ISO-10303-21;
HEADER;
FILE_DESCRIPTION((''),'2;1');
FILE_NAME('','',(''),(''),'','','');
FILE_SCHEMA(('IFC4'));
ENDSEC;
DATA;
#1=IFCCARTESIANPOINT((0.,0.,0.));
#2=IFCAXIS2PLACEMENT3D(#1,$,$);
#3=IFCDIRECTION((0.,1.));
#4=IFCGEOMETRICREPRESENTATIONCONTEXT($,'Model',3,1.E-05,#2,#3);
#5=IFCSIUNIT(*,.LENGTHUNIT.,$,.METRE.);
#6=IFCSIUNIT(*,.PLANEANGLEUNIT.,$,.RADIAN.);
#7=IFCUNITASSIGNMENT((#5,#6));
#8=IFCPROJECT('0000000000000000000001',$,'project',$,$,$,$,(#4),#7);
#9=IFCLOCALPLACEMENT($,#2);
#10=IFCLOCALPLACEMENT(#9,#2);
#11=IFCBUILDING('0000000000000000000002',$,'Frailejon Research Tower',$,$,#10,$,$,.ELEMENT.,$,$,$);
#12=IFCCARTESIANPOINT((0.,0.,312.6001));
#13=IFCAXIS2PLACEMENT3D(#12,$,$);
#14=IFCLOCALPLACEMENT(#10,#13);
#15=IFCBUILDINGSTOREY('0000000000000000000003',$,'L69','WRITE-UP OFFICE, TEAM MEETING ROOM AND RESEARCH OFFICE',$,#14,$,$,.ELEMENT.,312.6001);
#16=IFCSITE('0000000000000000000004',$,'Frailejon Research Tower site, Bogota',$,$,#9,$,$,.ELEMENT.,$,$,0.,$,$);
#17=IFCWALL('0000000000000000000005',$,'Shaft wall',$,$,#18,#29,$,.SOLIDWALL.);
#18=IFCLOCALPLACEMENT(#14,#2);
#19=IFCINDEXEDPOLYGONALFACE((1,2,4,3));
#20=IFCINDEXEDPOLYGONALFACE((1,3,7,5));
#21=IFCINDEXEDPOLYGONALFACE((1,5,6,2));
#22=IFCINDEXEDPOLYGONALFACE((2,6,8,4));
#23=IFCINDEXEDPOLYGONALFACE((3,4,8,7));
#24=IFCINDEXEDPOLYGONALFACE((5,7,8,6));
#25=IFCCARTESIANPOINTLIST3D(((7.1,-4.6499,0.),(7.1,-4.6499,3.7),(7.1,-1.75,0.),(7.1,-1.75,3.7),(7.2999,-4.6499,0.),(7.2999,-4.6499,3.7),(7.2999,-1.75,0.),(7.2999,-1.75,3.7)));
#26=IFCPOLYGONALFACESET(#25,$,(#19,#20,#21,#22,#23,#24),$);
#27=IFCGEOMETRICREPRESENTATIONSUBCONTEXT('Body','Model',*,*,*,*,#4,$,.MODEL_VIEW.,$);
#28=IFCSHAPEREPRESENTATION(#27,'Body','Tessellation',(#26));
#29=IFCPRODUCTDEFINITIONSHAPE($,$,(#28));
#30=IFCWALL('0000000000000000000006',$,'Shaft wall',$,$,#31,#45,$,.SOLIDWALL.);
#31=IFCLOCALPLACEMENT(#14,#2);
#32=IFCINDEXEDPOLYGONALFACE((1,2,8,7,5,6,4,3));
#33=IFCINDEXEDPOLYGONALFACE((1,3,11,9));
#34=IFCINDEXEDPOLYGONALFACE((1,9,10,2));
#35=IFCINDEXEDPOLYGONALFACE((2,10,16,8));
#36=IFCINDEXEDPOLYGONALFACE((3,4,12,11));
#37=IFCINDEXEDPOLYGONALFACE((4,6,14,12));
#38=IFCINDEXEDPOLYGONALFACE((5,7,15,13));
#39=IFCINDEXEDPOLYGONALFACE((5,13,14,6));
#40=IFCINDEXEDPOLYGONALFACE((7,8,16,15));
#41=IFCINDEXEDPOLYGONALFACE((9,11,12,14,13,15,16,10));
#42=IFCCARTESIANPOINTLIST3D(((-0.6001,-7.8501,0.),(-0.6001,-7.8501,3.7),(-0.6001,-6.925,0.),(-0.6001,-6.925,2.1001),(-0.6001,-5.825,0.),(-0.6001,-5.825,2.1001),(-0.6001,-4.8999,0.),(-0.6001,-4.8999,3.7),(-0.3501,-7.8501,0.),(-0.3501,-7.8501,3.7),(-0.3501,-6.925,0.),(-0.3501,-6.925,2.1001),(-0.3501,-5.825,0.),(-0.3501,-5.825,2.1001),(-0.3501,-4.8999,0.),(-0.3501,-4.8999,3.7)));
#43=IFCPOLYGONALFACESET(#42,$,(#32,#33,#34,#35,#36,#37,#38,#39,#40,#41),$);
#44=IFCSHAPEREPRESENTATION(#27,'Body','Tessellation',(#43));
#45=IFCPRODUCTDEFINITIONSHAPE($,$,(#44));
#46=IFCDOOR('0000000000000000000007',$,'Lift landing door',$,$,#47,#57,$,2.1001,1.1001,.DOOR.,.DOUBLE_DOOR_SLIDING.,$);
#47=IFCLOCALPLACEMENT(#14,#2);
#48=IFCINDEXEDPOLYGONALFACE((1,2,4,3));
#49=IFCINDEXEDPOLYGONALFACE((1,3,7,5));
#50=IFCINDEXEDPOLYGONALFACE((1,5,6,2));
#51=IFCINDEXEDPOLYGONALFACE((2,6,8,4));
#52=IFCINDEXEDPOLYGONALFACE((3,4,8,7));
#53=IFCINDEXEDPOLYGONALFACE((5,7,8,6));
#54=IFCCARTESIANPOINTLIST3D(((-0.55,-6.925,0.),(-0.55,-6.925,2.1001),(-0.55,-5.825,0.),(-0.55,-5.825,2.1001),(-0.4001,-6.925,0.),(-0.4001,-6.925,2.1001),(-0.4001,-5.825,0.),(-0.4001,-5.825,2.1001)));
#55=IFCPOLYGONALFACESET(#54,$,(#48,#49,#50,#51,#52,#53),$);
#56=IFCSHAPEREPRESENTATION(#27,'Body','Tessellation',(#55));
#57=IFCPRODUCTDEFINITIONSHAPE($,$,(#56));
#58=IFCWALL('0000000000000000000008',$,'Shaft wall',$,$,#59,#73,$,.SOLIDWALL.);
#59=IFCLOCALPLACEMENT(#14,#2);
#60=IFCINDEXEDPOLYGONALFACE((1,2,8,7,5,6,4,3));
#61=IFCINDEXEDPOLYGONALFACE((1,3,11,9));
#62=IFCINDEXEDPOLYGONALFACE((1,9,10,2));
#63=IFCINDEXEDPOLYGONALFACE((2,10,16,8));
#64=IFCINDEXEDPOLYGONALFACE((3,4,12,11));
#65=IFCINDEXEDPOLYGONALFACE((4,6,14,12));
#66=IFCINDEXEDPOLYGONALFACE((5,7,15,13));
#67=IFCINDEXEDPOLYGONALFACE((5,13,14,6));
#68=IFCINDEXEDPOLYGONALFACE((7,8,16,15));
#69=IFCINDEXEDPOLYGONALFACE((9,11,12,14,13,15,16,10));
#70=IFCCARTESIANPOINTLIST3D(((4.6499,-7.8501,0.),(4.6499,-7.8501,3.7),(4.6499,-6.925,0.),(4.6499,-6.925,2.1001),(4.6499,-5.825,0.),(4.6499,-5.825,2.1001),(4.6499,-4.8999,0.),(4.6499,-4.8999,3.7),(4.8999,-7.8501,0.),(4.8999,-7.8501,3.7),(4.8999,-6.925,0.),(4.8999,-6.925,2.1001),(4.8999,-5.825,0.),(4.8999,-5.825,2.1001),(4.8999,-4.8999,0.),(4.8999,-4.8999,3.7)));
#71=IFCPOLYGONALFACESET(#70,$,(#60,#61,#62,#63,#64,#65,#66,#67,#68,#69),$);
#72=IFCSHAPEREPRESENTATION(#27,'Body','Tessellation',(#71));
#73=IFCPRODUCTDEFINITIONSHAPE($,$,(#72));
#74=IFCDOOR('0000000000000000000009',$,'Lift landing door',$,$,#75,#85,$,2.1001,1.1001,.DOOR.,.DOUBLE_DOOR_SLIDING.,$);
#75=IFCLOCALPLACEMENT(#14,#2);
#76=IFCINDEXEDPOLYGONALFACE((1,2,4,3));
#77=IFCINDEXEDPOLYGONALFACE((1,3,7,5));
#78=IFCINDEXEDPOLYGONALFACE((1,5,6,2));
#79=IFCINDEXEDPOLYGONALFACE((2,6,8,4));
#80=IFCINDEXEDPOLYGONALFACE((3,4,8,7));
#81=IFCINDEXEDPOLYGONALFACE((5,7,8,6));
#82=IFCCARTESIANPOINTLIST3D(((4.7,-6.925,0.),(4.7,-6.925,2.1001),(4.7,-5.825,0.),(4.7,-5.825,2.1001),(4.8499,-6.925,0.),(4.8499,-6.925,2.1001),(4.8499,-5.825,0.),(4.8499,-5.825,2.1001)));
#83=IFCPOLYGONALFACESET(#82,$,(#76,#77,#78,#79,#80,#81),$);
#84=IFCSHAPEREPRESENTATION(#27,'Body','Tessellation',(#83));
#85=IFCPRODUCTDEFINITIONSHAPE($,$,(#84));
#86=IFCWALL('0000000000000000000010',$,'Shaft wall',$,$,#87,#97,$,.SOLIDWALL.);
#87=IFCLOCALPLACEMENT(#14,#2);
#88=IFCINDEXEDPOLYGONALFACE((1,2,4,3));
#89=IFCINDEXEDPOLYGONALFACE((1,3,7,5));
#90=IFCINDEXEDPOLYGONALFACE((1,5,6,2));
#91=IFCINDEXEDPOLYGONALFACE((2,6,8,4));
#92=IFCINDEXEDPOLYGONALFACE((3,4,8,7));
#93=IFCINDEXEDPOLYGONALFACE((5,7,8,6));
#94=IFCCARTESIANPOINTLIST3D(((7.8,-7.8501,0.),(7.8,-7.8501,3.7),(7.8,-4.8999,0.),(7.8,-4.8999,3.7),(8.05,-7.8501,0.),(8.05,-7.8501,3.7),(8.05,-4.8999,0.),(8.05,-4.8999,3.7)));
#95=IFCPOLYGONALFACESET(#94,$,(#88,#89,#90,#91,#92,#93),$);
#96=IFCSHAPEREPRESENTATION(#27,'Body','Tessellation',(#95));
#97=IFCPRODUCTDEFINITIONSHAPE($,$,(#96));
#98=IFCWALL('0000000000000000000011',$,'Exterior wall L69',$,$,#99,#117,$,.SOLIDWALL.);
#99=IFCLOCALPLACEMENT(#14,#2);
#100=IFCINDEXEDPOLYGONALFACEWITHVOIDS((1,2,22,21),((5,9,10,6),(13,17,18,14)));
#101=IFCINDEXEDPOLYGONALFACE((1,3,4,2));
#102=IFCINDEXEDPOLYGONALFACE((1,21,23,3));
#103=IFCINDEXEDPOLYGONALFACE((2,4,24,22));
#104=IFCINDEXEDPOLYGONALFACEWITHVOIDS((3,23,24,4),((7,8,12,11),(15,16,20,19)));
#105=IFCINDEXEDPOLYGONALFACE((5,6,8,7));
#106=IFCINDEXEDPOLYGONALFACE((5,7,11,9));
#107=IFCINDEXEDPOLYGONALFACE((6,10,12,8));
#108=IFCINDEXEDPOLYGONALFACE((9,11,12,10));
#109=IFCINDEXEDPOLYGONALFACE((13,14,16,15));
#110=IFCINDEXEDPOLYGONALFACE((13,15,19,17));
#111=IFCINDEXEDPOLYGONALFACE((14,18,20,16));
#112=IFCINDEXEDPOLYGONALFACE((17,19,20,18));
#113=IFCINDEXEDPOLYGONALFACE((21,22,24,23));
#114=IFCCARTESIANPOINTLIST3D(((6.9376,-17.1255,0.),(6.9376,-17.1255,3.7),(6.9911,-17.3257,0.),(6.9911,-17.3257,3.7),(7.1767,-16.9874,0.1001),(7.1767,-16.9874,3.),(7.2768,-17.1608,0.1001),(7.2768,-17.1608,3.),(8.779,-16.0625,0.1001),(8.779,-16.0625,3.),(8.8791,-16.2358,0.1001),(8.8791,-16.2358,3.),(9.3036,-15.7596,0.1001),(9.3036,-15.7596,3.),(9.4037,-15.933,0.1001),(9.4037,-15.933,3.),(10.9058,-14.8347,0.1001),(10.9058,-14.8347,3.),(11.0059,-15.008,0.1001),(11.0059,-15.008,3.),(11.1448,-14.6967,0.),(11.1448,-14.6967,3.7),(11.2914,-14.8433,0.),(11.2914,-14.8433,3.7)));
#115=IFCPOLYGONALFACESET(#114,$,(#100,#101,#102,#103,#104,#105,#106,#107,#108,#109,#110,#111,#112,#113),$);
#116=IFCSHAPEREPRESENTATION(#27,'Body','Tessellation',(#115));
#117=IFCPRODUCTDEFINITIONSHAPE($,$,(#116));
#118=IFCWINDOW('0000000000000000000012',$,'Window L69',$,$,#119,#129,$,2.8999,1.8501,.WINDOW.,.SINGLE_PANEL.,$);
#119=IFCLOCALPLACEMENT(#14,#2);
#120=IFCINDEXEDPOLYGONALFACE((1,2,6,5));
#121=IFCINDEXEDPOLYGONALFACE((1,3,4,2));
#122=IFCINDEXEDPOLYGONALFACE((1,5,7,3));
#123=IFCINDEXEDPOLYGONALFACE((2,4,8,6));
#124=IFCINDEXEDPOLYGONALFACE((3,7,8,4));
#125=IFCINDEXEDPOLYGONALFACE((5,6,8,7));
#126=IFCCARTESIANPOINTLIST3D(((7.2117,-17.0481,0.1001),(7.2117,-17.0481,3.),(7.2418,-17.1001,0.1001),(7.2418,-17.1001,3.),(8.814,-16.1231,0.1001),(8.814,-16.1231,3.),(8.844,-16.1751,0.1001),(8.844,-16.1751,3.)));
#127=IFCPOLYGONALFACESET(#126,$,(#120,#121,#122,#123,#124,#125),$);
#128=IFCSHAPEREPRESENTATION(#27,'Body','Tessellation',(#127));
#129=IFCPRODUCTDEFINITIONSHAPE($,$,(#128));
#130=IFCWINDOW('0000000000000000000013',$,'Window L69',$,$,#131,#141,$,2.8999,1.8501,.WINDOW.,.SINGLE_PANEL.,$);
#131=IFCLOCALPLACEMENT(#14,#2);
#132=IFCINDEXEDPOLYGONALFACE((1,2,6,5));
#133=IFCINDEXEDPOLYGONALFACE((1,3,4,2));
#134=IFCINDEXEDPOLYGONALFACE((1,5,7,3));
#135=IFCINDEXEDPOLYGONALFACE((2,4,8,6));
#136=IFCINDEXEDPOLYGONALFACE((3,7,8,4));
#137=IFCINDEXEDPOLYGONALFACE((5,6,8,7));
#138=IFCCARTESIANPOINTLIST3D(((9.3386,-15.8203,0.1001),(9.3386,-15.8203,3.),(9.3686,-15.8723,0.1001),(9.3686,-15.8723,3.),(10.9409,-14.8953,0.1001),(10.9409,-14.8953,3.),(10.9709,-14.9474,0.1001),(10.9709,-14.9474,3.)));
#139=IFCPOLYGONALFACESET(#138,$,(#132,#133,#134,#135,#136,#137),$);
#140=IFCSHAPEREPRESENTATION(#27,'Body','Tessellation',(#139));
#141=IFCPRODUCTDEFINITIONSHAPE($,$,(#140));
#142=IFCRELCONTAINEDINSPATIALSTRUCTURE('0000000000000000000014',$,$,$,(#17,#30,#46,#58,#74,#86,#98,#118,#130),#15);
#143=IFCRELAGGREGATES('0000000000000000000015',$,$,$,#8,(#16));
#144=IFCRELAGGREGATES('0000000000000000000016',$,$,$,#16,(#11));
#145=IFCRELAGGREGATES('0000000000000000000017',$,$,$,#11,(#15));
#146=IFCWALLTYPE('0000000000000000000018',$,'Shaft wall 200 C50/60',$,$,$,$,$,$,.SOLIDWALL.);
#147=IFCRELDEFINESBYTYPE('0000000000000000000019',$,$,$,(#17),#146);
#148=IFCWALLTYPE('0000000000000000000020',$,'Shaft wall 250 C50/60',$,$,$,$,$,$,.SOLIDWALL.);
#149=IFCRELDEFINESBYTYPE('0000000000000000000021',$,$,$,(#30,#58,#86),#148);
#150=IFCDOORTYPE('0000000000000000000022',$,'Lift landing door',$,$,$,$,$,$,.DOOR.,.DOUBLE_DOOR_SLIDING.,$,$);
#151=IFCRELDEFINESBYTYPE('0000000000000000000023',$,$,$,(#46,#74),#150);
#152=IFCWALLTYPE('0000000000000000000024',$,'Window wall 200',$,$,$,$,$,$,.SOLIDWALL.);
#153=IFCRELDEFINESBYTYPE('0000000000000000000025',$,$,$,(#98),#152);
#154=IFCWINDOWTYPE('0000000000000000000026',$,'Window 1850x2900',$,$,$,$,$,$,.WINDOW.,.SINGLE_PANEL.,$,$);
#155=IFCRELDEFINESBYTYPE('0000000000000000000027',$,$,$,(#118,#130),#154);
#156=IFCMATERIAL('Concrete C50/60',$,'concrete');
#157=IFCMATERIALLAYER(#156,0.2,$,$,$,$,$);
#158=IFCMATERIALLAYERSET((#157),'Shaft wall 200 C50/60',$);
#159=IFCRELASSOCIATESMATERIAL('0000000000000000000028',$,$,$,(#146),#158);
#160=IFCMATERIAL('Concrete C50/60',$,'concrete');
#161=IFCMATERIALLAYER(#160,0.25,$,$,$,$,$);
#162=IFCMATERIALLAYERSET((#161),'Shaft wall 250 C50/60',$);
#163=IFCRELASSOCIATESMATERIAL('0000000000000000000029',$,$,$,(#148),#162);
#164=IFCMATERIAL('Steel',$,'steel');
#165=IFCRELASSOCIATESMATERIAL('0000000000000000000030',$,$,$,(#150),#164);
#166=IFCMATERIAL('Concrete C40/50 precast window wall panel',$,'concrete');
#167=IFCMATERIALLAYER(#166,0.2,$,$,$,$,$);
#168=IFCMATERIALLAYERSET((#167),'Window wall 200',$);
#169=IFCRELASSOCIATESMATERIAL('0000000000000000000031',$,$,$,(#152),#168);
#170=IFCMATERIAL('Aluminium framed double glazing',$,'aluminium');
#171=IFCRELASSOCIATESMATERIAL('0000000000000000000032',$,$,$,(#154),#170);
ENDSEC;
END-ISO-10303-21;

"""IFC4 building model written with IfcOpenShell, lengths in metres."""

from ifc_helpers import new_model, si_unit, direction, frame, frame_2d, origin, place, context, subcontext, project, spatial, polyline, rectangle, outline, extrude, material, layer, layer_set, type_object, element, fill, save


model = new_model("IFC4")

# Units and contexts
model_context = context("Model", 3, precision=1e-05, world=origin(), true_north=direction((0.0, 1.0)))
body_context = subcontext(model_context, "Body", "Model", "MODEL_VIEW")
ifc_project = project(units=[si_unit("LENGTHUNIT", "METRE"), si_unit("PLANEANGLEUNIT", "RADIAN")], contexts=[model_context])

# Site, building, storey
site_placement = place(None, origin())
site = spatial("IfcSite", under=ifc_project, at=site_placement, Name="Frailejon Research Tower site, Bogota", CompositionType="ELEMENT", RefElevation=0.0)
building_placement = place(site_placement, origin())
building = spatial("IfcBuilding", under=site, at=building_placement, Name="Frailejon Research Tower", CompositionType="ELEMENT")
storey_placement = place(building_placement, frame((0.0, 0.0, 312.6001)))
storey = spatial("IfcBuildingStorey", under=building, at=storey_placement, Name="L69", Description="WRITE-UP OFFICE, TEAM MEETING ROOM AND RESEARCH OFFICE", CompositionType="ELEMENT", Elevation=312.6001)

# Wall
ifc_material_1 = material(Name="Concrete C50/60", Category="concrete")
ifc_layer_1 = layer(ifc_material_1, 0.2)
ifc_layer_set_1 = layer_set([ifc_layer_1], Name="Shaft wall 200 C50/60")
wall_type_1 = type_object("IfcWallType", Name="Shaft wall 200 C50/60", PredefinedType="SOLIDWALL", material=ifc_layer_set_1)
for number, where, z_axis, x_axis, name in (
    (1, (7.2, -4.6499, 0.0), (0.0, 0.0, 1.0), (0.0, 1.0, 0.0), "Shaft wall"),
):
    element("IfcWall", number, at=place(storey_placement, frame(where, z_axis=z_axis, x_axis=x_axis)), inside=storey, type_object=wall_type_1, Name=name, PredefinedType="SOLIDWALL", context=body_context, shape_type="SweptSolid", body=[
        extrude(rectangle(XDim=2.8999, YDim=0.2, at=frame_2d((1.45, 0.0))), origin(), (0.0, 0.0, 1.0), 3.7),
    ])

# Walls, openings, doors
ifc_material_2 = material(Name="Concrete C50/60", Category="concrete")
ifc_layer_2 = layer(ifc_material_2, 0.25)
ifc_layer_set_2 = layer_set([ifc_layer_2], Name="Shaft wall 250 C50/60")
wall_type_2 = type_object("IfcWallType", Name="Shaft wall 250 C50/60", PredefinedType="SOLIDWALL", material=ifc_layer_set_2)
wall_1_placement = place(storey_placement, frame((-0.4751, -7.8501, 0.0), z_axis=(0.0, 0.0, 1.0), x_axis=(0.0, 1.0, 0.0)))
wall_1 = element("IfcWall", 2, at=wall_1_placement, inside=storey, type_object=wall_type_2, Name="Shaft wall", PredefinedType="SOLIDWALL", context=body_context, shape_type="SweptSolid", body=[
    extrude(rectangle(XDim=2.9502, YDim=0.25, at=frame_2d((1.4751, 0.0))), origin(), (0.0, 0.0, 1.0), 3.7),
])
opening_1_placement = place(wall_1_placement, frame((0.925, 0.0, 0.0)))
opening_1 = element("IfcOpeningElement", 3, at=opening_1_placement, cuts=wall_1, PredefinedType="OPENING", context=body_context, shape_type="SweptSolid", body=[
    extrude(rectangle(XDim=1.1001, YDim=2.1001, at=frame_2d((0.55, 1.05))), frame((0.0, 0.135, 0.0), z_axis=(0.0, -1.0, 0.0), x_axis=(1.0, 0.0, 0.0)), (0.0, 0.0, 1.0), 0.27),
])
ifc_material_3 = material(Name="Steel", Category="steel")
door_type_1 = type_object("IfcDoorType", Name="Lift landing door", OperationType="DOUBLE_DOOR_SLIDING", PredefinedType="DOOR", material=ifc_material_3)
door_1_placement = place(opening_1_placement, origin())
door_1 = element("IfcDoor", 4, at=door_1_placement, inside=storey, type_object=door_type_1, Name="Lift landing door", OperationType="DOUBLE_DOOR_SLIDING", OverallHeight=2.1001, OverallWidth=1.1001, PredefinedType="DOOR", context=body_context, shape_type="SweptSolid", body=[
    extrude(rectangle(XDim=1.1001, YDim=2.1001, at=frame_2d((0.55, 1.05))), frame((0.0, 0.075, 0.0), z_axis=(0.0, -1.0, 0.0), x_axis=(1.0, 0.0, 0.0)), (0.0, 0.0, 1.0), 0.1499),
])
fill(opening_1, door_1)
wall_2_placement = place(storey_placement, frame((4.7749, -7.8501, 0.0), z_axis=(0.0, 0.0, 1.0), x_axis=(0.0, 1.0, 0.0)))
wall_2 = element("IfcWall", 5, at=wall_2_placement, inside=storey, type_object=wall_type_2, Name="Shaft wall", PredefinedType="SOLIDWALL", context=body_context, shape_type="SweptSolid", body=[
    extrude(rectangle(XDim=2.9502, YDim=0.25, at=frame_2d((1.4751, 0.0))), origin(), (0.0, 0.0, 1.0), 3.7),
])
opening_2_placement = place(wall_2_placement, frame((0.925, 0.0, 0.0)))
opening_2 = element("IfcOpeningElement", 6, at=opening_2_placement, cuts=wall_2, PredefinedType="OPENING", context=body_context, shape_type="SweptSolid", body=[
    extrude(rectangle(XDim=1.1001, YDim=2.1001, at=frame_2d((0.55, 1.05))), frame((0.0, 0.135, 0.0), z_axis=(0.0, -1.0, 0.0), x_axis=(1.0, 0.0, 0.0)), (0.0, 0.0, 1.0), 0.27),
])
door_2_placement = place(opening_2_placement, origin())
door_2 = element("IfcDoor", 7, at=door_2_placement, inside=storey, type_object=door_type_1, Name="Lift landing door", OperationType="DOUBLE_DOOR_SLIDING", OverallHeight=2.1001, OverallWidth=1.1001, PredefinedType="DOOR", context=body_context, shape_type="SweptSolid", body=[
    extrude(rectangle(XDim=1.1001, YDim=2.1001, at=frame_2d((0.55, 1.05))), frame((0.0, 0.075, 0.0), z_axis=(0.0, -1.0, 0.0), x_axis=(1.0, 0.0, 0.0)), (0.0, 0.0, 1.0), 0.1499),
])
fill(opening_2, door_2)

# Wall
wall_3_placement = place(storey_placement, frame((7.925, -7.8501, 0.0), z_axis=(0.0, 0.0, 1.0), x_axis=(0.0, 1.0, 0.0)))
element("IfcWall", 8, at=wall_3_placement, inside=storey, type_object=wall_type_2, Name="Shaft wall", PredefinedType="SOLIDWALL", context=body_context, shape_type="SweptSolid", body=[
    extrude(rectangle(XDim=2.9502, YDim=0.25, at=frame_2d((1.4751, 0.0))), origin(), (0.0, 0.0, 1.0), 3.7),
])

# Wall, openings, windows
ifc_material_4 = material(Name="Concrete C40/50 precast window wall panel", Category="concrete")
ifc_layer_3 = layer(ifc_material_4, 0.2)
ifc_layer_set_3 = layer_set([ifc_layer_3], Name="Window wall 200")
wall_type_3 = type_object("IfcWallType", Name="Window wall 200", PredefinedType="SOLIDWALL", material=ifc_layer_set_3)
wall_4_placement = place(storey_placement, frame((6.9644, -17.2256, 0.0), z_axis=(0.0, 0.0, 1.0), x_axis=(0.866051, 0.499956, 0.0)))
wall_4 = element("IfcWall", 9, at=wall_4_placement, inside=storey, type_object=wall_type_3, Name="Exterior wall L69", PredefinedType="SOLIDWALL", context=body_context, shape_type="SweptSolid", body=[
    extrude(outline(polyline([(-0.0269, -0.1001), (1.2144, -0.1001), (2.4558, -0.1001), (3.6973, -0.1001), (4.9385, -0.1001), (4.8848, 0.1001), (3.6704, 0.1001), (2.4558, 0.1001), (1.2412, 0.1001), (0.0269, 0.1001), (-0.0269, -0.1001)])), origin(), (0.0, 0.0, 1.0), 3.7),
])
opening_3_placement = place(wall_4_placement, frame((0.303, 0.0, 0.1001)))
opening_3 = element("IfcOpeningElement", 10, at=opening_3_placement, cuts=wall_4, PredefinedType="OPENING", context=body_context, shape_type="SweptSolid", body=[
    extrude(rectangle(XDim=1.8501, YDim=2.8999, at=frame_2d((0.925, 1.45))), frame((0.0, 0.1099, 0.0), z_axis=(0.0, -1.0, 0.0), x_axis=(1.0, 0.0, 0.0)), (0.0, 0.0, 1.0), 0.22),
])
opening_4_placement = place(wall_4_placement, frame((2.7588, 0.0, 0.1001)))
opening_4 = element("IfcOpeningElement", 11, at=opening_4_placement, cuts=wall_4, PredefinedType="OPENING", context=body_context, shape_type="SweptSolid", body=[
    extrude(rectangle(XDim=1.8501, YDim=2.8999, at=frame_2d((0.925, 1.45))), frame((0.0, 0.1099, 0.0), z_axis=(0.0, -1.0, 0.0), x_axis=(1.0, 0.0, 0.0)), (0.0, 0.0, 1.0), 0.22),
])
ifc_material_5 = material(Name="Aluminium framed double glazing", Category="aluminium")
window_type = type_object("IfcWindowType", Name="Window 1850x2900", PartitioningType="SINGLE_PANEL", PredefinedType="WINDOW", material=ifc_material_5)
window_1_placement = place(opening_3_placement, origin())
window_1 = element("IfcWindow", 12, at=window_1_placement, inside=storey, type_object=window_type, Name="Window L69", OverallHeight=2.8999, OverallWidth=1.8501, PartitioningType="SINGLE_PANEL", PredefinedType="WINDOW", context=body_context, shape_type="SweptSolid", body=[
    extrude(rectangle(XDim=1.8501, YDim=2.8999, at=frame_2d((0.925, 1.45))), frame((0.0, 0.03, 0.0), z_axis=(0.0, -1.0, 0.0), x_axis=(1.0, 0.0, 0.0)), (0.0, 0.0, 1.0), 0.0601),
])
fill(opening_3, window_1)
window_2_placement = place(opening_4_placement, origin())
window_2 = element("IfcWindow", 13, at=window_2_placement, inside=storey, type_object=window_type, Name="Window L69", OverallHeight=2.8999, OverallWidth=1.8501, PartitioningType="SINGLE_PANEL", PredefinedType="WINDOW", context=body_context, shape_type="SweptSolid", body=[
    extrude(rectangle(XDim=1.8501, YDim=2.8999, at=frame_2d((0.925, 1.45))), frame((0.0, 0.03, 0.0), z_axis=(0.0, -1.0, 0.0), x_axis=(1.0, 0.0, 0.0)), (0.0, 0.0, 1.0), 0.0601),
])
fill(opening_4, window_2)

save(model, "model.ifc")
